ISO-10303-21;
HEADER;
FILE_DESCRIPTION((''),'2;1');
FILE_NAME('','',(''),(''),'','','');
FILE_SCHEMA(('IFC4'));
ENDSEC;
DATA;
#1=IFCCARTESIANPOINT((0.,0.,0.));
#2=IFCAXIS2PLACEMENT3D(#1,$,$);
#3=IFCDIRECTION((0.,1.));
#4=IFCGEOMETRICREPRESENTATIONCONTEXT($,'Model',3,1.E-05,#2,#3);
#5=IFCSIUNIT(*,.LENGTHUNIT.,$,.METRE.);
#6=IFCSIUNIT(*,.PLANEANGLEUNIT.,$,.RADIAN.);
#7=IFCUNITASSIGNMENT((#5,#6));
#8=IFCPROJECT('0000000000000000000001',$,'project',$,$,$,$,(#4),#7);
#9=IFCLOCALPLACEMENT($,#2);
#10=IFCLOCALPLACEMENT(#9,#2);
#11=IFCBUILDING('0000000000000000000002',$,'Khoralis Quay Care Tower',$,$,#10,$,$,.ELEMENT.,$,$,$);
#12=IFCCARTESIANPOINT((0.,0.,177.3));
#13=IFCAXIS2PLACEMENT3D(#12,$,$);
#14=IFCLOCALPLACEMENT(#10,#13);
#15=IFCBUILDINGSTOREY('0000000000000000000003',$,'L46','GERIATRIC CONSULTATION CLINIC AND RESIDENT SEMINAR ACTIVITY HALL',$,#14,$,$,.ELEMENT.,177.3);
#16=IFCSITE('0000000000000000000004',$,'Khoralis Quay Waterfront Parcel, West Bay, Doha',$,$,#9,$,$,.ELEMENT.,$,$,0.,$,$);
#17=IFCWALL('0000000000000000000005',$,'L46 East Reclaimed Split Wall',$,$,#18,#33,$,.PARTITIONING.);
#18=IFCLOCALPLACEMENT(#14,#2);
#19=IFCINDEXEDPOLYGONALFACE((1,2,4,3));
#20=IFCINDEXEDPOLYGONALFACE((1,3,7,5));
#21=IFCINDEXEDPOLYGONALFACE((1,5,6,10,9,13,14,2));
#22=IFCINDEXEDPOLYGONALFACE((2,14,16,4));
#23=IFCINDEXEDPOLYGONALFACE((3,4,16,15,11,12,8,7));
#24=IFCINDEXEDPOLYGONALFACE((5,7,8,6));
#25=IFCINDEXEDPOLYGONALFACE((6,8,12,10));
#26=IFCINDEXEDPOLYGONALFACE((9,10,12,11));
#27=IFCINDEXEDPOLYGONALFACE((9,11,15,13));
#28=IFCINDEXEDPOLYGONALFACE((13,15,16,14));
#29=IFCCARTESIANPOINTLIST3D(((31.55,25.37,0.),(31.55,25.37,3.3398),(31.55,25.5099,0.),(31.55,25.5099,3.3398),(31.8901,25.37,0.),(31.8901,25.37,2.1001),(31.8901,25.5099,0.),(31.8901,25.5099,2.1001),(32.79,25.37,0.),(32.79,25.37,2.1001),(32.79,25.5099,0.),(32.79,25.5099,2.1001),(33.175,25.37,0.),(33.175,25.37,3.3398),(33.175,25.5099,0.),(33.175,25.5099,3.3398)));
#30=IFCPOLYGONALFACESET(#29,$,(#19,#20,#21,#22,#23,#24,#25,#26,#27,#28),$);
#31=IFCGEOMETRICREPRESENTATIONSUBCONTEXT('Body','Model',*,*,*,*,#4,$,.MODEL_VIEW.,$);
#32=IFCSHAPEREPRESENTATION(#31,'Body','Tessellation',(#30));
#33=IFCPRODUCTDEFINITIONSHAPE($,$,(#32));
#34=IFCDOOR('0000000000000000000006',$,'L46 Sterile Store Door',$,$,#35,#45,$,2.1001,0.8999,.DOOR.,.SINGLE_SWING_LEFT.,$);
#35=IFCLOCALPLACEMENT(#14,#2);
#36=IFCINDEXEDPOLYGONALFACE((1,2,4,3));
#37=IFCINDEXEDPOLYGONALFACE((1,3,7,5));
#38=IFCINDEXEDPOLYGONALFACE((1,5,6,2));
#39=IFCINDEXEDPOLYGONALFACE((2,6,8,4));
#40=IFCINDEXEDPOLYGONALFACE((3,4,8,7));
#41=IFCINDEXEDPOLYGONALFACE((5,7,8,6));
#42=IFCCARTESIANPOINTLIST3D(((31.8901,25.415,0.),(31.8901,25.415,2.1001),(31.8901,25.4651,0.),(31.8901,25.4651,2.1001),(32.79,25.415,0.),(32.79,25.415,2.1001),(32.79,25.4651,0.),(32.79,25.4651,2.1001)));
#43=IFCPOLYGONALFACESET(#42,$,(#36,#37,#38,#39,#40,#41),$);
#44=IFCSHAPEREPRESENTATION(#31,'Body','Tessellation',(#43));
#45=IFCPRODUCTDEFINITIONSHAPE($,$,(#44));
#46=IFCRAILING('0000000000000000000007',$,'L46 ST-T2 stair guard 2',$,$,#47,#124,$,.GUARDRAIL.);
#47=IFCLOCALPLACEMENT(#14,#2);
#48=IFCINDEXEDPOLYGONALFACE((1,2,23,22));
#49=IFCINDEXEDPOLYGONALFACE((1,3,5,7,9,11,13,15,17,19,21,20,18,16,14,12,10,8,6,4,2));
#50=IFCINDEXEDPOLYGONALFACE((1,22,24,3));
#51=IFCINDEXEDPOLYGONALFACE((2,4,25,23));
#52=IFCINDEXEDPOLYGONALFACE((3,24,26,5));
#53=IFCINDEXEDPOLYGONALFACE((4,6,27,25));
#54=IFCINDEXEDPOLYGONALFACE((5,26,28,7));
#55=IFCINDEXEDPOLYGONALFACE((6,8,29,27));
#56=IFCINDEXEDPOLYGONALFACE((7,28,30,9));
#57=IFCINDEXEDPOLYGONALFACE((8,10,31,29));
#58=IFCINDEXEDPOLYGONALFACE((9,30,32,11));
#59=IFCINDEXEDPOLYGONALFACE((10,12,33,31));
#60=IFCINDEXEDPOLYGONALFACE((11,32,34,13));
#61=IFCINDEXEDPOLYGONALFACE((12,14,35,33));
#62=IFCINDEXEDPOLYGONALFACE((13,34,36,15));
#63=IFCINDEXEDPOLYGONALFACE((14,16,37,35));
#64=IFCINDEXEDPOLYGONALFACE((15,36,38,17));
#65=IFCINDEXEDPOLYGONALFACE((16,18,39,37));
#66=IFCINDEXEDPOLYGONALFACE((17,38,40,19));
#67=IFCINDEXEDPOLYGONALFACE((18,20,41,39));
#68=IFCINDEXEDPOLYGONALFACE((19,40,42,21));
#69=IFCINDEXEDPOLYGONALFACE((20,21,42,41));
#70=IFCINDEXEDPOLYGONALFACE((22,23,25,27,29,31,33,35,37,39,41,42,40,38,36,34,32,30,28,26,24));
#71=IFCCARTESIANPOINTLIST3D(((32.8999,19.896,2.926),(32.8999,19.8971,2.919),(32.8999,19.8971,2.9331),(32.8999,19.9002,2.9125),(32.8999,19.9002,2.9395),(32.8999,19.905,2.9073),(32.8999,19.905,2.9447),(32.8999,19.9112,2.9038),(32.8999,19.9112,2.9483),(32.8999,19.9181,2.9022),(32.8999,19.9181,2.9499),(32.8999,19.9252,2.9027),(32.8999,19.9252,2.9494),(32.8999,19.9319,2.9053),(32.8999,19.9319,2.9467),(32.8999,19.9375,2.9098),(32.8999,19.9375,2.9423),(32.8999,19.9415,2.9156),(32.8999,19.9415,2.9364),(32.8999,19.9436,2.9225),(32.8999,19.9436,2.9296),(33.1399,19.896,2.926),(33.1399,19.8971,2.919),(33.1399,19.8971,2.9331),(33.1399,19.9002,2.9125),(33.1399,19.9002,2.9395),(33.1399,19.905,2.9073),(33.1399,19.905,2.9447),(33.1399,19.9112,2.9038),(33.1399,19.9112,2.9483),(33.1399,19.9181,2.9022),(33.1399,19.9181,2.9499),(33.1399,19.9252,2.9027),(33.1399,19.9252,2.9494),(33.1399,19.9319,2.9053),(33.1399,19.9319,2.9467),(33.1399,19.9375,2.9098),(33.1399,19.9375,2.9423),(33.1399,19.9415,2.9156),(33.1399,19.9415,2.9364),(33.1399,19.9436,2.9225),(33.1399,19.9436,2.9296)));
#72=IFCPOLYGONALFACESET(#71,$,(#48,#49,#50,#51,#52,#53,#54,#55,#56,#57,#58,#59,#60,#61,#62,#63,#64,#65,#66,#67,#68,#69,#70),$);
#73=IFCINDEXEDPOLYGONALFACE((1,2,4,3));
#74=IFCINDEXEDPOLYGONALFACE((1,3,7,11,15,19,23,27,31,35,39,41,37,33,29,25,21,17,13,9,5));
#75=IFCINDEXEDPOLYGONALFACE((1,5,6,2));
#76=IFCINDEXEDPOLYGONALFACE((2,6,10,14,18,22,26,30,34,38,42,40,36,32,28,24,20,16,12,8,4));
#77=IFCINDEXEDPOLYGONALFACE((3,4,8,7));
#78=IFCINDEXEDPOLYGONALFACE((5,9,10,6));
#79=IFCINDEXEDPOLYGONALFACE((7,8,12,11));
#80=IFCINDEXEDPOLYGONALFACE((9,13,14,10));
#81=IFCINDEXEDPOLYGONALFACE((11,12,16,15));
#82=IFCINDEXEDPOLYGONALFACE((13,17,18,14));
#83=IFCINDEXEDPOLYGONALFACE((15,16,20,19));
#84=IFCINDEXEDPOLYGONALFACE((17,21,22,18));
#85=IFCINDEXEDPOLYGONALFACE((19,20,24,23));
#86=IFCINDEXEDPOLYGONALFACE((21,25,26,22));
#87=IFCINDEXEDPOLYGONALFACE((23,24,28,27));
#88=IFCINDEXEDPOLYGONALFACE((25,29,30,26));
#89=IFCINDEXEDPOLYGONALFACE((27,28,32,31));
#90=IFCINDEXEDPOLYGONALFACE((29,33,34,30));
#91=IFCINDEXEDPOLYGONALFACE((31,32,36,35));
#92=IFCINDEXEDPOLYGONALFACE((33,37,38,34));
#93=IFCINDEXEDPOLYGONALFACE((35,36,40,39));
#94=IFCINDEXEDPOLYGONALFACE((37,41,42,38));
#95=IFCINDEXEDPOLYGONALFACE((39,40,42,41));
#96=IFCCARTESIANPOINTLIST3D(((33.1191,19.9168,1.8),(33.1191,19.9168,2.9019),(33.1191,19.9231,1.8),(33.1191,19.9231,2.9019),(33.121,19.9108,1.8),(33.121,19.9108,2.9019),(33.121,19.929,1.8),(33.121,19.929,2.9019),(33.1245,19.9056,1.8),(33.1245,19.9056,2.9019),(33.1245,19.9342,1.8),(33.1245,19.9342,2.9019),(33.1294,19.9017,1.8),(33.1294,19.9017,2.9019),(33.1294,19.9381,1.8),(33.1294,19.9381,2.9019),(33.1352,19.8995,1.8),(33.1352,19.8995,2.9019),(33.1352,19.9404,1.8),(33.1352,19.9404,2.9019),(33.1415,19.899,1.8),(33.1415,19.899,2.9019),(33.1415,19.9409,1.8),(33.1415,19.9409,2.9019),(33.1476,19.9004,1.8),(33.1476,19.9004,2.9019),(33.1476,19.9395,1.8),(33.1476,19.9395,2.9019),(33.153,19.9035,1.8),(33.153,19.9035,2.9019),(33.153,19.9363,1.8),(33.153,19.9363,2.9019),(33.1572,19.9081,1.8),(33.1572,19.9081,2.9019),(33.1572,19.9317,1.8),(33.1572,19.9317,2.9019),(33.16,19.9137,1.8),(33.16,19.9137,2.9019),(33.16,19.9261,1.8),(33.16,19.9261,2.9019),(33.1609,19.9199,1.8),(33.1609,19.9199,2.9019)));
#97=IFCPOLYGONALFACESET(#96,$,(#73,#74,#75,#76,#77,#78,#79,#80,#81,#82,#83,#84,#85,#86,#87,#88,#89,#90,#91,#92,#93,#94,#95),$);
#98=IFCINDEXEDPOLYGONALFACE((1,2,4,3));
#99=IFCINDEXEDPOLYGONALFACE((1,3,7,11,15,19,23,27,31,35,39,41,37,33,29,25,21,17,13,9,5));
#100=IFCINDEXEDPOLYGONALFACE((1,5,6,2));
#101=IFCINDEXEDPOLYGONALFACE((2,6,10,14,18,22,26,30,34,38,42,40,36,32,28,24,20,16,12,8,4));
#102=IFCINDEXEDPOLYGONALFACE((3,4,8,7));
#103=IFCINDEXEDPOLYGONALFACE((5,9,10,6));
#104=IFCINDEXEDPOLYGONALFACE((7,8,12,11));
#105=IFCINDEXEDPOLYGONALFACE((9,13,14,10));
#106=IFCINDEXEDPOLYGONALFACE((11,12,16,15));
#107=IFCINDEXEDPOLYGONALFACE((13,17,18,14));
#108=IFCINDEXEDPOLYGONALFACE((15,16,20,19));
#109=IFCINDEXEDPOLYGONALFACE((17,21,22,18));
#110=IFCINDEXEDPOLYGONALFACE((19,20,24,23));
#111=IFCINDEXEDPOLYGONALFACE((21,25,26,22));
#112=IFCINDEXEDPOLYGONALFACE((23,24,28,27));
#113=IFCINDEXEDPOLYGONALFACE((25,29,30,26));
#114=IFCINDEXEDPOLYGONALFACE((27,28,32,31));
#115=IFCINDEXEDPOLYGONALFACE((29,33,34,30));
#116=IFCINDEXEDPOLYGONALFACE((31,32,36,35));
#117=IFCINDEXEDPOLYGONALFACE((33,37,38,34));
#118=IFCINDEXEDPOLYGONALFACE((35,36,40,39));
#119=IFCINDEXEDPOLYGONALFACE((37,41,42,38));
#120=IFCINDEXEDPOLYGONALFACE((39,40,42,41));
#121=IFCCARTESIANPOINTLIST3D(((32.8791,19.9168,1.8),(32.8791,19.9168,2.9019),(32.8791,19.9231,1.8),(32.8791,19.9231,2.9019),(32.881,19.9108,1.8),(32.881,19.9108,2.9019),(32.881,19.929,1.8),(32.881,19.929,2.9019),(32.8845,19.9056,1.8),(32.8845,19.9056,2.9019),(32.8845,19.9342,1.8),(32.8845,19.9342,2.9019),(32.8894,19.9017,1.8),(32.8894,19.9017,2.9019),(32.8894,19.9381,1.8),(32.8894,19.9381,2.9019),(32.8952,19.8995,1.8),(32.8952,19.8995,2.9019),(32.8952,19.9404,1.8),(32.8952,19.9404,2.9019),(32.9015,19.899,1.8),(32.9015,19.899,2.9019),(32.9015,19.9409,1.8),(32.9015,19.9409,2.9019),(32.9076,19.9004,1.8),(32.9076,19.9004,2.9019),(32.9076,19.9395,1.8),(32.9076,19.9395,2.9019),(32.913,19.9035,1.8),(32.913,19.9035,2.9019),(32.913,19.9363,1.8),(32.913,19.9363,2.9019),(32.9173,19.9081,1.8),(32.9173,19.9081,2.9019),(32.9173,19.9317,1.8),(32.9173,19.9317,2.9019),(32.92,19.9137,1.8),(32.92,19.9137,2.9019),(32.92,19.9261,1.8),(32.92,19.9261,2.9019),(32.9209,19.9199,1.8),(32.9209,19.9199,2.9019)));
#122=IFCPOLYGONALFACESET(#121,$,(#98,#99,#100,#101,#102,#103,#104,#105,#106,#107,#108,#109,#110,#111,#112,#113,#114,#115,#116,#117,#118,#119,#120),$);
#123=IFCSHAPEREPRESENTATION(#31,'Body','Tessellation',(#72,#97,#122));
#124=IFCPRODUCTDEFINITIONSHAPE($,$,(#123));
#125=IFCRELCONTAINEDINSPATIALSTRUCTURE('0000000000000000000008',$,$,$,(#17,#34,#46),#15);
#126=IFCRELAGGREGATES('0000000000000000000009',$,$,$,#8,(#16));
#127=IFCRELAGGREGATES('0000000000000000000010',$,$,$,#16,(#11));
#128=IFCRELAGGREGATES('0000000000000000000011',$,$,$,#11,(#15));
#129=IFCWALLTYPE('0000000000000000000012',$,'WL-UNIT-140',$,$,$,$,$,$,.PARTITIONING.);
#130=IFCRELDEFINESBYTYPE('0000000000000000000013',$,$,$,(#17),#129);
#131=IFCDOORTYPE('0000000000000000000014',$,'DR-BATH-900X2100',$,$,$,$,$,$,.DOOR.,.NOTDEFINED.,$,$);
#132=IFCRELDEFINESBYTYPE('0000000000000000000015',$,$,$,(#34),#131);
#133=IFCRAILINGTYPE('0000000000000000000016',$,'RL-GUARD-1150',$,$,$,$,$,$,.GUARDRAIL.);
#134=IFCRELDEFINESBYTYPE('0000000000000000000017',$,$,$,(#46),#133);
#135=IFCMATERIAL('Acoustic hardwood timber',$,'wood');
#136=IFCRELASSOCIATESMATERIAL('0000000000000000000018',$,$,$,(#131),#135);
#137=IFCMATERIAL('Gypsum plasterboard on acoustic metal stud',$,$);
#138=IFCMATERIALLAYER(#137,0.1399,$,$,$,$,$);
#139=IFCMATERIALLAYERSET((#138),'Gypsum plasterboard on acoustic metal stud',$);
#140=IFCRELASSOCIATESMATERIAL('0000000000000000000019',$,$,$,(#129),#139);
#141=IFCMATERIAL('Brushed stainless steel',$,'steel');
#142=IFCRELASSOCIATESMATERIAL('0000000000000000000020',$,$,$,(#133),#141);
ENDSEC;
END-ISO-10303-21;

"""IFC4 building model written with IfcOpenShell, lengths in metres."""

from ifc_helpers import new_model, si_unit, direction, frame, frame_2d, origin, origin_2d, place, context, subcontext, project, spatial, rectangle, circle, extrude, source, transform, mapped, material, layer, layer_set, type_object, element, fill, save


model = new_model("IFC4")

# Units and contexts
model_context = context("Model", 3, precision=1e-05, world=origin(), true_north=direction((0.0, 1.0)))
body_context = subcontext(model_context, "Body", "Model", "MODEL_VIEW")
ifc_project = project(units=[si_unit("LENGTHUNIT", "METRE"), si_unit("PLANEANGLEUNIT", "RADIAN")], contexts=[model_context])

# Site, building, storey
site_placement = place(None, origin())
site = spatial("IfcSite", under=ifc_project, at=site_placement, Name="Khoralis Quay Waterfront Parcel, West Bay, Doha", CompositionType="ELEMENT", RefElevation=0.0)
building_placement = place(site_placement, origin())
building = spatial("IfcBuilding", under=site, at=building_placement, Name="Khoralis Quay Care Tower", CompositionType="ELEMENT")
storey_placement = place(building_placement, frame((0.0, 0.0, 177.3)))
storey = spatial("IfcBuildingStorey", under=building, at=storey_placement, Name="L46", Description="GERIATRIC CONSULTATION CLINIC AND RESIDENT SEMINAR ACTIVITY HALL", CompositionType="ELEMENT", Elevation=177.3)

# Shared definitions
ifc_material_1 = material(Name="Brushed stainless steel", Category="steel")
ifc_material_2 = material(Name="Acoustic hardwood timber", Category="wood")

# Shared definitions
ifc_material_3 = material(Name="Gypsum plasterboard on acoustic metal stud")

# Shared definitions
door_type_1 = type_object("IfcDoorType", Name="DR-BATH-900X2100", OperationType="NOTDEFINED", PredefinedType="DOOR", material=ifc_material_2)
shared_shape_1 = source(origin(), body_context, "Body", "SweptSolid", [
    extrude(rectangle(XDim=0.8999, YDim=2.1001, at=frame_2d((0.45, 1.05))), frame((0.0, 0.0249, 0.0), z_axis=(0.0, -1.0, 0.0), x_axis=(1.0, 0.0, 0.0)), (0.0, 0.0, 1.0), 0.05),
])

# Wall, opening, door
ifc_layer_1 = layer(ifc_material_3, 0.1399)
ifc_layer_set_1 = layer_set([ifc_layer_1], Name="Gypsum plasterboard on acoustic metal stud")
wall_type_1 = type_object("IfcWallType", Name="WL-UNIT-140", PredefinedType="PARTITIONING", material=ifc_layer_set_1)
wall_1_placement = place(storey_placement, frame((31.55, 25.4399, 0.0), z_axis=(0.0, 0.0, 1.0), x_axis=(1.0, 0.0, 0.0)))
wall_1 = element("IfcWall", 1, at=wall_1_placement, inside=storey, type_object=wall_type_1, Name="L46 East Reclaimed Split Wall", PredefinedType="PARTITIONING", context=body_context, shape_type="SweptSolid", body=[
    extrude(rectangle(XDim=1.625, YDim=0.1399, at=frame_2d((0.8125, 0.0))), origin(), (0.0, 0.0, 1.0), 3.3398),
])
opening_1_placement = place(wall_1_placement, frame((0.3401, 0.0, 0.0)))
opening_1 = element("IfcOpeningElement", 2, at=opening_1_placement, cuts=wall_1, PredefinedType="OPENING", context=body_context, shape_type="SweptSolid", body=[
    extrude(rectangle(XDim=0.8999, YDim=2.1001, at=frame_2d((0.45, 1.05))), frame((0.0, 0.0801, 0.0), z_axis=(0.0, -1.0, 0.0), x_axis=(1.0, 0.0, 0.0)), (0.0, 0.0, 1.0), 0.1599),
])
door_1_placement = place(opening_1_placement, frame((0.8999, 0.0, 0.0), z_axis=(0.0, 0.0, 1.0), x_axis=(-1.0, 0.0, 0.0)))
door_1 = element("IfcDoor", 3, at=door_1_placement, inside=storey, type_object=door_type_1, Name="L46 Sterile Store Door", OperationType="SINGLE_SWING_LEFT", OverallHeight=2.1001, OverallWidth=0.8999, PredefinedType="DOOR", context=body_context, shape_type="MappedRepresentation", body=[
    mapped(shared_shape_1, transform((0.0, 0.0, 0.0), scale=1.0)),
])
fill(opening_1, door_1)

# Railing
railing_type = type_object("IfcRailingType", Name="RL-GUARD-1150", PredefinedType="GUARDRAIL", material=ifc_material_1)
railing_placement = place(storey_placement, frame((33.1399, 19.9199, 1.8)))
element("IfcRailing", 4, at=railing_placement, inside=storey, type_object=railing_type, Name="L46 ST-T2 stair guard 2", PredefinedType="GUARDRAIL", context=body_context, shape_type="SweptSolid", body=[
    extrude(circle(Radius=0.0239, at=origin_2d()), frame((0.0, 0.0, 1.126), z_axis=(-1.0, 0.0, 0.0), x_axis=(0.0, -1.0, 0.0)), (0.0, 0.0, 1.0), 0.24),
    extrude(circle(Radius=0.021, at=origin_2d()), origin(), (0.0, 0.0, 1.0), 1.1018),
    extrude(circle(Radius=0.021, at=origin_2d()), frame((-0.24, 0.0, 0.0)), (0.0, 0.0, 1.0), 1.1018),
])

save(model, "model.ifc")
